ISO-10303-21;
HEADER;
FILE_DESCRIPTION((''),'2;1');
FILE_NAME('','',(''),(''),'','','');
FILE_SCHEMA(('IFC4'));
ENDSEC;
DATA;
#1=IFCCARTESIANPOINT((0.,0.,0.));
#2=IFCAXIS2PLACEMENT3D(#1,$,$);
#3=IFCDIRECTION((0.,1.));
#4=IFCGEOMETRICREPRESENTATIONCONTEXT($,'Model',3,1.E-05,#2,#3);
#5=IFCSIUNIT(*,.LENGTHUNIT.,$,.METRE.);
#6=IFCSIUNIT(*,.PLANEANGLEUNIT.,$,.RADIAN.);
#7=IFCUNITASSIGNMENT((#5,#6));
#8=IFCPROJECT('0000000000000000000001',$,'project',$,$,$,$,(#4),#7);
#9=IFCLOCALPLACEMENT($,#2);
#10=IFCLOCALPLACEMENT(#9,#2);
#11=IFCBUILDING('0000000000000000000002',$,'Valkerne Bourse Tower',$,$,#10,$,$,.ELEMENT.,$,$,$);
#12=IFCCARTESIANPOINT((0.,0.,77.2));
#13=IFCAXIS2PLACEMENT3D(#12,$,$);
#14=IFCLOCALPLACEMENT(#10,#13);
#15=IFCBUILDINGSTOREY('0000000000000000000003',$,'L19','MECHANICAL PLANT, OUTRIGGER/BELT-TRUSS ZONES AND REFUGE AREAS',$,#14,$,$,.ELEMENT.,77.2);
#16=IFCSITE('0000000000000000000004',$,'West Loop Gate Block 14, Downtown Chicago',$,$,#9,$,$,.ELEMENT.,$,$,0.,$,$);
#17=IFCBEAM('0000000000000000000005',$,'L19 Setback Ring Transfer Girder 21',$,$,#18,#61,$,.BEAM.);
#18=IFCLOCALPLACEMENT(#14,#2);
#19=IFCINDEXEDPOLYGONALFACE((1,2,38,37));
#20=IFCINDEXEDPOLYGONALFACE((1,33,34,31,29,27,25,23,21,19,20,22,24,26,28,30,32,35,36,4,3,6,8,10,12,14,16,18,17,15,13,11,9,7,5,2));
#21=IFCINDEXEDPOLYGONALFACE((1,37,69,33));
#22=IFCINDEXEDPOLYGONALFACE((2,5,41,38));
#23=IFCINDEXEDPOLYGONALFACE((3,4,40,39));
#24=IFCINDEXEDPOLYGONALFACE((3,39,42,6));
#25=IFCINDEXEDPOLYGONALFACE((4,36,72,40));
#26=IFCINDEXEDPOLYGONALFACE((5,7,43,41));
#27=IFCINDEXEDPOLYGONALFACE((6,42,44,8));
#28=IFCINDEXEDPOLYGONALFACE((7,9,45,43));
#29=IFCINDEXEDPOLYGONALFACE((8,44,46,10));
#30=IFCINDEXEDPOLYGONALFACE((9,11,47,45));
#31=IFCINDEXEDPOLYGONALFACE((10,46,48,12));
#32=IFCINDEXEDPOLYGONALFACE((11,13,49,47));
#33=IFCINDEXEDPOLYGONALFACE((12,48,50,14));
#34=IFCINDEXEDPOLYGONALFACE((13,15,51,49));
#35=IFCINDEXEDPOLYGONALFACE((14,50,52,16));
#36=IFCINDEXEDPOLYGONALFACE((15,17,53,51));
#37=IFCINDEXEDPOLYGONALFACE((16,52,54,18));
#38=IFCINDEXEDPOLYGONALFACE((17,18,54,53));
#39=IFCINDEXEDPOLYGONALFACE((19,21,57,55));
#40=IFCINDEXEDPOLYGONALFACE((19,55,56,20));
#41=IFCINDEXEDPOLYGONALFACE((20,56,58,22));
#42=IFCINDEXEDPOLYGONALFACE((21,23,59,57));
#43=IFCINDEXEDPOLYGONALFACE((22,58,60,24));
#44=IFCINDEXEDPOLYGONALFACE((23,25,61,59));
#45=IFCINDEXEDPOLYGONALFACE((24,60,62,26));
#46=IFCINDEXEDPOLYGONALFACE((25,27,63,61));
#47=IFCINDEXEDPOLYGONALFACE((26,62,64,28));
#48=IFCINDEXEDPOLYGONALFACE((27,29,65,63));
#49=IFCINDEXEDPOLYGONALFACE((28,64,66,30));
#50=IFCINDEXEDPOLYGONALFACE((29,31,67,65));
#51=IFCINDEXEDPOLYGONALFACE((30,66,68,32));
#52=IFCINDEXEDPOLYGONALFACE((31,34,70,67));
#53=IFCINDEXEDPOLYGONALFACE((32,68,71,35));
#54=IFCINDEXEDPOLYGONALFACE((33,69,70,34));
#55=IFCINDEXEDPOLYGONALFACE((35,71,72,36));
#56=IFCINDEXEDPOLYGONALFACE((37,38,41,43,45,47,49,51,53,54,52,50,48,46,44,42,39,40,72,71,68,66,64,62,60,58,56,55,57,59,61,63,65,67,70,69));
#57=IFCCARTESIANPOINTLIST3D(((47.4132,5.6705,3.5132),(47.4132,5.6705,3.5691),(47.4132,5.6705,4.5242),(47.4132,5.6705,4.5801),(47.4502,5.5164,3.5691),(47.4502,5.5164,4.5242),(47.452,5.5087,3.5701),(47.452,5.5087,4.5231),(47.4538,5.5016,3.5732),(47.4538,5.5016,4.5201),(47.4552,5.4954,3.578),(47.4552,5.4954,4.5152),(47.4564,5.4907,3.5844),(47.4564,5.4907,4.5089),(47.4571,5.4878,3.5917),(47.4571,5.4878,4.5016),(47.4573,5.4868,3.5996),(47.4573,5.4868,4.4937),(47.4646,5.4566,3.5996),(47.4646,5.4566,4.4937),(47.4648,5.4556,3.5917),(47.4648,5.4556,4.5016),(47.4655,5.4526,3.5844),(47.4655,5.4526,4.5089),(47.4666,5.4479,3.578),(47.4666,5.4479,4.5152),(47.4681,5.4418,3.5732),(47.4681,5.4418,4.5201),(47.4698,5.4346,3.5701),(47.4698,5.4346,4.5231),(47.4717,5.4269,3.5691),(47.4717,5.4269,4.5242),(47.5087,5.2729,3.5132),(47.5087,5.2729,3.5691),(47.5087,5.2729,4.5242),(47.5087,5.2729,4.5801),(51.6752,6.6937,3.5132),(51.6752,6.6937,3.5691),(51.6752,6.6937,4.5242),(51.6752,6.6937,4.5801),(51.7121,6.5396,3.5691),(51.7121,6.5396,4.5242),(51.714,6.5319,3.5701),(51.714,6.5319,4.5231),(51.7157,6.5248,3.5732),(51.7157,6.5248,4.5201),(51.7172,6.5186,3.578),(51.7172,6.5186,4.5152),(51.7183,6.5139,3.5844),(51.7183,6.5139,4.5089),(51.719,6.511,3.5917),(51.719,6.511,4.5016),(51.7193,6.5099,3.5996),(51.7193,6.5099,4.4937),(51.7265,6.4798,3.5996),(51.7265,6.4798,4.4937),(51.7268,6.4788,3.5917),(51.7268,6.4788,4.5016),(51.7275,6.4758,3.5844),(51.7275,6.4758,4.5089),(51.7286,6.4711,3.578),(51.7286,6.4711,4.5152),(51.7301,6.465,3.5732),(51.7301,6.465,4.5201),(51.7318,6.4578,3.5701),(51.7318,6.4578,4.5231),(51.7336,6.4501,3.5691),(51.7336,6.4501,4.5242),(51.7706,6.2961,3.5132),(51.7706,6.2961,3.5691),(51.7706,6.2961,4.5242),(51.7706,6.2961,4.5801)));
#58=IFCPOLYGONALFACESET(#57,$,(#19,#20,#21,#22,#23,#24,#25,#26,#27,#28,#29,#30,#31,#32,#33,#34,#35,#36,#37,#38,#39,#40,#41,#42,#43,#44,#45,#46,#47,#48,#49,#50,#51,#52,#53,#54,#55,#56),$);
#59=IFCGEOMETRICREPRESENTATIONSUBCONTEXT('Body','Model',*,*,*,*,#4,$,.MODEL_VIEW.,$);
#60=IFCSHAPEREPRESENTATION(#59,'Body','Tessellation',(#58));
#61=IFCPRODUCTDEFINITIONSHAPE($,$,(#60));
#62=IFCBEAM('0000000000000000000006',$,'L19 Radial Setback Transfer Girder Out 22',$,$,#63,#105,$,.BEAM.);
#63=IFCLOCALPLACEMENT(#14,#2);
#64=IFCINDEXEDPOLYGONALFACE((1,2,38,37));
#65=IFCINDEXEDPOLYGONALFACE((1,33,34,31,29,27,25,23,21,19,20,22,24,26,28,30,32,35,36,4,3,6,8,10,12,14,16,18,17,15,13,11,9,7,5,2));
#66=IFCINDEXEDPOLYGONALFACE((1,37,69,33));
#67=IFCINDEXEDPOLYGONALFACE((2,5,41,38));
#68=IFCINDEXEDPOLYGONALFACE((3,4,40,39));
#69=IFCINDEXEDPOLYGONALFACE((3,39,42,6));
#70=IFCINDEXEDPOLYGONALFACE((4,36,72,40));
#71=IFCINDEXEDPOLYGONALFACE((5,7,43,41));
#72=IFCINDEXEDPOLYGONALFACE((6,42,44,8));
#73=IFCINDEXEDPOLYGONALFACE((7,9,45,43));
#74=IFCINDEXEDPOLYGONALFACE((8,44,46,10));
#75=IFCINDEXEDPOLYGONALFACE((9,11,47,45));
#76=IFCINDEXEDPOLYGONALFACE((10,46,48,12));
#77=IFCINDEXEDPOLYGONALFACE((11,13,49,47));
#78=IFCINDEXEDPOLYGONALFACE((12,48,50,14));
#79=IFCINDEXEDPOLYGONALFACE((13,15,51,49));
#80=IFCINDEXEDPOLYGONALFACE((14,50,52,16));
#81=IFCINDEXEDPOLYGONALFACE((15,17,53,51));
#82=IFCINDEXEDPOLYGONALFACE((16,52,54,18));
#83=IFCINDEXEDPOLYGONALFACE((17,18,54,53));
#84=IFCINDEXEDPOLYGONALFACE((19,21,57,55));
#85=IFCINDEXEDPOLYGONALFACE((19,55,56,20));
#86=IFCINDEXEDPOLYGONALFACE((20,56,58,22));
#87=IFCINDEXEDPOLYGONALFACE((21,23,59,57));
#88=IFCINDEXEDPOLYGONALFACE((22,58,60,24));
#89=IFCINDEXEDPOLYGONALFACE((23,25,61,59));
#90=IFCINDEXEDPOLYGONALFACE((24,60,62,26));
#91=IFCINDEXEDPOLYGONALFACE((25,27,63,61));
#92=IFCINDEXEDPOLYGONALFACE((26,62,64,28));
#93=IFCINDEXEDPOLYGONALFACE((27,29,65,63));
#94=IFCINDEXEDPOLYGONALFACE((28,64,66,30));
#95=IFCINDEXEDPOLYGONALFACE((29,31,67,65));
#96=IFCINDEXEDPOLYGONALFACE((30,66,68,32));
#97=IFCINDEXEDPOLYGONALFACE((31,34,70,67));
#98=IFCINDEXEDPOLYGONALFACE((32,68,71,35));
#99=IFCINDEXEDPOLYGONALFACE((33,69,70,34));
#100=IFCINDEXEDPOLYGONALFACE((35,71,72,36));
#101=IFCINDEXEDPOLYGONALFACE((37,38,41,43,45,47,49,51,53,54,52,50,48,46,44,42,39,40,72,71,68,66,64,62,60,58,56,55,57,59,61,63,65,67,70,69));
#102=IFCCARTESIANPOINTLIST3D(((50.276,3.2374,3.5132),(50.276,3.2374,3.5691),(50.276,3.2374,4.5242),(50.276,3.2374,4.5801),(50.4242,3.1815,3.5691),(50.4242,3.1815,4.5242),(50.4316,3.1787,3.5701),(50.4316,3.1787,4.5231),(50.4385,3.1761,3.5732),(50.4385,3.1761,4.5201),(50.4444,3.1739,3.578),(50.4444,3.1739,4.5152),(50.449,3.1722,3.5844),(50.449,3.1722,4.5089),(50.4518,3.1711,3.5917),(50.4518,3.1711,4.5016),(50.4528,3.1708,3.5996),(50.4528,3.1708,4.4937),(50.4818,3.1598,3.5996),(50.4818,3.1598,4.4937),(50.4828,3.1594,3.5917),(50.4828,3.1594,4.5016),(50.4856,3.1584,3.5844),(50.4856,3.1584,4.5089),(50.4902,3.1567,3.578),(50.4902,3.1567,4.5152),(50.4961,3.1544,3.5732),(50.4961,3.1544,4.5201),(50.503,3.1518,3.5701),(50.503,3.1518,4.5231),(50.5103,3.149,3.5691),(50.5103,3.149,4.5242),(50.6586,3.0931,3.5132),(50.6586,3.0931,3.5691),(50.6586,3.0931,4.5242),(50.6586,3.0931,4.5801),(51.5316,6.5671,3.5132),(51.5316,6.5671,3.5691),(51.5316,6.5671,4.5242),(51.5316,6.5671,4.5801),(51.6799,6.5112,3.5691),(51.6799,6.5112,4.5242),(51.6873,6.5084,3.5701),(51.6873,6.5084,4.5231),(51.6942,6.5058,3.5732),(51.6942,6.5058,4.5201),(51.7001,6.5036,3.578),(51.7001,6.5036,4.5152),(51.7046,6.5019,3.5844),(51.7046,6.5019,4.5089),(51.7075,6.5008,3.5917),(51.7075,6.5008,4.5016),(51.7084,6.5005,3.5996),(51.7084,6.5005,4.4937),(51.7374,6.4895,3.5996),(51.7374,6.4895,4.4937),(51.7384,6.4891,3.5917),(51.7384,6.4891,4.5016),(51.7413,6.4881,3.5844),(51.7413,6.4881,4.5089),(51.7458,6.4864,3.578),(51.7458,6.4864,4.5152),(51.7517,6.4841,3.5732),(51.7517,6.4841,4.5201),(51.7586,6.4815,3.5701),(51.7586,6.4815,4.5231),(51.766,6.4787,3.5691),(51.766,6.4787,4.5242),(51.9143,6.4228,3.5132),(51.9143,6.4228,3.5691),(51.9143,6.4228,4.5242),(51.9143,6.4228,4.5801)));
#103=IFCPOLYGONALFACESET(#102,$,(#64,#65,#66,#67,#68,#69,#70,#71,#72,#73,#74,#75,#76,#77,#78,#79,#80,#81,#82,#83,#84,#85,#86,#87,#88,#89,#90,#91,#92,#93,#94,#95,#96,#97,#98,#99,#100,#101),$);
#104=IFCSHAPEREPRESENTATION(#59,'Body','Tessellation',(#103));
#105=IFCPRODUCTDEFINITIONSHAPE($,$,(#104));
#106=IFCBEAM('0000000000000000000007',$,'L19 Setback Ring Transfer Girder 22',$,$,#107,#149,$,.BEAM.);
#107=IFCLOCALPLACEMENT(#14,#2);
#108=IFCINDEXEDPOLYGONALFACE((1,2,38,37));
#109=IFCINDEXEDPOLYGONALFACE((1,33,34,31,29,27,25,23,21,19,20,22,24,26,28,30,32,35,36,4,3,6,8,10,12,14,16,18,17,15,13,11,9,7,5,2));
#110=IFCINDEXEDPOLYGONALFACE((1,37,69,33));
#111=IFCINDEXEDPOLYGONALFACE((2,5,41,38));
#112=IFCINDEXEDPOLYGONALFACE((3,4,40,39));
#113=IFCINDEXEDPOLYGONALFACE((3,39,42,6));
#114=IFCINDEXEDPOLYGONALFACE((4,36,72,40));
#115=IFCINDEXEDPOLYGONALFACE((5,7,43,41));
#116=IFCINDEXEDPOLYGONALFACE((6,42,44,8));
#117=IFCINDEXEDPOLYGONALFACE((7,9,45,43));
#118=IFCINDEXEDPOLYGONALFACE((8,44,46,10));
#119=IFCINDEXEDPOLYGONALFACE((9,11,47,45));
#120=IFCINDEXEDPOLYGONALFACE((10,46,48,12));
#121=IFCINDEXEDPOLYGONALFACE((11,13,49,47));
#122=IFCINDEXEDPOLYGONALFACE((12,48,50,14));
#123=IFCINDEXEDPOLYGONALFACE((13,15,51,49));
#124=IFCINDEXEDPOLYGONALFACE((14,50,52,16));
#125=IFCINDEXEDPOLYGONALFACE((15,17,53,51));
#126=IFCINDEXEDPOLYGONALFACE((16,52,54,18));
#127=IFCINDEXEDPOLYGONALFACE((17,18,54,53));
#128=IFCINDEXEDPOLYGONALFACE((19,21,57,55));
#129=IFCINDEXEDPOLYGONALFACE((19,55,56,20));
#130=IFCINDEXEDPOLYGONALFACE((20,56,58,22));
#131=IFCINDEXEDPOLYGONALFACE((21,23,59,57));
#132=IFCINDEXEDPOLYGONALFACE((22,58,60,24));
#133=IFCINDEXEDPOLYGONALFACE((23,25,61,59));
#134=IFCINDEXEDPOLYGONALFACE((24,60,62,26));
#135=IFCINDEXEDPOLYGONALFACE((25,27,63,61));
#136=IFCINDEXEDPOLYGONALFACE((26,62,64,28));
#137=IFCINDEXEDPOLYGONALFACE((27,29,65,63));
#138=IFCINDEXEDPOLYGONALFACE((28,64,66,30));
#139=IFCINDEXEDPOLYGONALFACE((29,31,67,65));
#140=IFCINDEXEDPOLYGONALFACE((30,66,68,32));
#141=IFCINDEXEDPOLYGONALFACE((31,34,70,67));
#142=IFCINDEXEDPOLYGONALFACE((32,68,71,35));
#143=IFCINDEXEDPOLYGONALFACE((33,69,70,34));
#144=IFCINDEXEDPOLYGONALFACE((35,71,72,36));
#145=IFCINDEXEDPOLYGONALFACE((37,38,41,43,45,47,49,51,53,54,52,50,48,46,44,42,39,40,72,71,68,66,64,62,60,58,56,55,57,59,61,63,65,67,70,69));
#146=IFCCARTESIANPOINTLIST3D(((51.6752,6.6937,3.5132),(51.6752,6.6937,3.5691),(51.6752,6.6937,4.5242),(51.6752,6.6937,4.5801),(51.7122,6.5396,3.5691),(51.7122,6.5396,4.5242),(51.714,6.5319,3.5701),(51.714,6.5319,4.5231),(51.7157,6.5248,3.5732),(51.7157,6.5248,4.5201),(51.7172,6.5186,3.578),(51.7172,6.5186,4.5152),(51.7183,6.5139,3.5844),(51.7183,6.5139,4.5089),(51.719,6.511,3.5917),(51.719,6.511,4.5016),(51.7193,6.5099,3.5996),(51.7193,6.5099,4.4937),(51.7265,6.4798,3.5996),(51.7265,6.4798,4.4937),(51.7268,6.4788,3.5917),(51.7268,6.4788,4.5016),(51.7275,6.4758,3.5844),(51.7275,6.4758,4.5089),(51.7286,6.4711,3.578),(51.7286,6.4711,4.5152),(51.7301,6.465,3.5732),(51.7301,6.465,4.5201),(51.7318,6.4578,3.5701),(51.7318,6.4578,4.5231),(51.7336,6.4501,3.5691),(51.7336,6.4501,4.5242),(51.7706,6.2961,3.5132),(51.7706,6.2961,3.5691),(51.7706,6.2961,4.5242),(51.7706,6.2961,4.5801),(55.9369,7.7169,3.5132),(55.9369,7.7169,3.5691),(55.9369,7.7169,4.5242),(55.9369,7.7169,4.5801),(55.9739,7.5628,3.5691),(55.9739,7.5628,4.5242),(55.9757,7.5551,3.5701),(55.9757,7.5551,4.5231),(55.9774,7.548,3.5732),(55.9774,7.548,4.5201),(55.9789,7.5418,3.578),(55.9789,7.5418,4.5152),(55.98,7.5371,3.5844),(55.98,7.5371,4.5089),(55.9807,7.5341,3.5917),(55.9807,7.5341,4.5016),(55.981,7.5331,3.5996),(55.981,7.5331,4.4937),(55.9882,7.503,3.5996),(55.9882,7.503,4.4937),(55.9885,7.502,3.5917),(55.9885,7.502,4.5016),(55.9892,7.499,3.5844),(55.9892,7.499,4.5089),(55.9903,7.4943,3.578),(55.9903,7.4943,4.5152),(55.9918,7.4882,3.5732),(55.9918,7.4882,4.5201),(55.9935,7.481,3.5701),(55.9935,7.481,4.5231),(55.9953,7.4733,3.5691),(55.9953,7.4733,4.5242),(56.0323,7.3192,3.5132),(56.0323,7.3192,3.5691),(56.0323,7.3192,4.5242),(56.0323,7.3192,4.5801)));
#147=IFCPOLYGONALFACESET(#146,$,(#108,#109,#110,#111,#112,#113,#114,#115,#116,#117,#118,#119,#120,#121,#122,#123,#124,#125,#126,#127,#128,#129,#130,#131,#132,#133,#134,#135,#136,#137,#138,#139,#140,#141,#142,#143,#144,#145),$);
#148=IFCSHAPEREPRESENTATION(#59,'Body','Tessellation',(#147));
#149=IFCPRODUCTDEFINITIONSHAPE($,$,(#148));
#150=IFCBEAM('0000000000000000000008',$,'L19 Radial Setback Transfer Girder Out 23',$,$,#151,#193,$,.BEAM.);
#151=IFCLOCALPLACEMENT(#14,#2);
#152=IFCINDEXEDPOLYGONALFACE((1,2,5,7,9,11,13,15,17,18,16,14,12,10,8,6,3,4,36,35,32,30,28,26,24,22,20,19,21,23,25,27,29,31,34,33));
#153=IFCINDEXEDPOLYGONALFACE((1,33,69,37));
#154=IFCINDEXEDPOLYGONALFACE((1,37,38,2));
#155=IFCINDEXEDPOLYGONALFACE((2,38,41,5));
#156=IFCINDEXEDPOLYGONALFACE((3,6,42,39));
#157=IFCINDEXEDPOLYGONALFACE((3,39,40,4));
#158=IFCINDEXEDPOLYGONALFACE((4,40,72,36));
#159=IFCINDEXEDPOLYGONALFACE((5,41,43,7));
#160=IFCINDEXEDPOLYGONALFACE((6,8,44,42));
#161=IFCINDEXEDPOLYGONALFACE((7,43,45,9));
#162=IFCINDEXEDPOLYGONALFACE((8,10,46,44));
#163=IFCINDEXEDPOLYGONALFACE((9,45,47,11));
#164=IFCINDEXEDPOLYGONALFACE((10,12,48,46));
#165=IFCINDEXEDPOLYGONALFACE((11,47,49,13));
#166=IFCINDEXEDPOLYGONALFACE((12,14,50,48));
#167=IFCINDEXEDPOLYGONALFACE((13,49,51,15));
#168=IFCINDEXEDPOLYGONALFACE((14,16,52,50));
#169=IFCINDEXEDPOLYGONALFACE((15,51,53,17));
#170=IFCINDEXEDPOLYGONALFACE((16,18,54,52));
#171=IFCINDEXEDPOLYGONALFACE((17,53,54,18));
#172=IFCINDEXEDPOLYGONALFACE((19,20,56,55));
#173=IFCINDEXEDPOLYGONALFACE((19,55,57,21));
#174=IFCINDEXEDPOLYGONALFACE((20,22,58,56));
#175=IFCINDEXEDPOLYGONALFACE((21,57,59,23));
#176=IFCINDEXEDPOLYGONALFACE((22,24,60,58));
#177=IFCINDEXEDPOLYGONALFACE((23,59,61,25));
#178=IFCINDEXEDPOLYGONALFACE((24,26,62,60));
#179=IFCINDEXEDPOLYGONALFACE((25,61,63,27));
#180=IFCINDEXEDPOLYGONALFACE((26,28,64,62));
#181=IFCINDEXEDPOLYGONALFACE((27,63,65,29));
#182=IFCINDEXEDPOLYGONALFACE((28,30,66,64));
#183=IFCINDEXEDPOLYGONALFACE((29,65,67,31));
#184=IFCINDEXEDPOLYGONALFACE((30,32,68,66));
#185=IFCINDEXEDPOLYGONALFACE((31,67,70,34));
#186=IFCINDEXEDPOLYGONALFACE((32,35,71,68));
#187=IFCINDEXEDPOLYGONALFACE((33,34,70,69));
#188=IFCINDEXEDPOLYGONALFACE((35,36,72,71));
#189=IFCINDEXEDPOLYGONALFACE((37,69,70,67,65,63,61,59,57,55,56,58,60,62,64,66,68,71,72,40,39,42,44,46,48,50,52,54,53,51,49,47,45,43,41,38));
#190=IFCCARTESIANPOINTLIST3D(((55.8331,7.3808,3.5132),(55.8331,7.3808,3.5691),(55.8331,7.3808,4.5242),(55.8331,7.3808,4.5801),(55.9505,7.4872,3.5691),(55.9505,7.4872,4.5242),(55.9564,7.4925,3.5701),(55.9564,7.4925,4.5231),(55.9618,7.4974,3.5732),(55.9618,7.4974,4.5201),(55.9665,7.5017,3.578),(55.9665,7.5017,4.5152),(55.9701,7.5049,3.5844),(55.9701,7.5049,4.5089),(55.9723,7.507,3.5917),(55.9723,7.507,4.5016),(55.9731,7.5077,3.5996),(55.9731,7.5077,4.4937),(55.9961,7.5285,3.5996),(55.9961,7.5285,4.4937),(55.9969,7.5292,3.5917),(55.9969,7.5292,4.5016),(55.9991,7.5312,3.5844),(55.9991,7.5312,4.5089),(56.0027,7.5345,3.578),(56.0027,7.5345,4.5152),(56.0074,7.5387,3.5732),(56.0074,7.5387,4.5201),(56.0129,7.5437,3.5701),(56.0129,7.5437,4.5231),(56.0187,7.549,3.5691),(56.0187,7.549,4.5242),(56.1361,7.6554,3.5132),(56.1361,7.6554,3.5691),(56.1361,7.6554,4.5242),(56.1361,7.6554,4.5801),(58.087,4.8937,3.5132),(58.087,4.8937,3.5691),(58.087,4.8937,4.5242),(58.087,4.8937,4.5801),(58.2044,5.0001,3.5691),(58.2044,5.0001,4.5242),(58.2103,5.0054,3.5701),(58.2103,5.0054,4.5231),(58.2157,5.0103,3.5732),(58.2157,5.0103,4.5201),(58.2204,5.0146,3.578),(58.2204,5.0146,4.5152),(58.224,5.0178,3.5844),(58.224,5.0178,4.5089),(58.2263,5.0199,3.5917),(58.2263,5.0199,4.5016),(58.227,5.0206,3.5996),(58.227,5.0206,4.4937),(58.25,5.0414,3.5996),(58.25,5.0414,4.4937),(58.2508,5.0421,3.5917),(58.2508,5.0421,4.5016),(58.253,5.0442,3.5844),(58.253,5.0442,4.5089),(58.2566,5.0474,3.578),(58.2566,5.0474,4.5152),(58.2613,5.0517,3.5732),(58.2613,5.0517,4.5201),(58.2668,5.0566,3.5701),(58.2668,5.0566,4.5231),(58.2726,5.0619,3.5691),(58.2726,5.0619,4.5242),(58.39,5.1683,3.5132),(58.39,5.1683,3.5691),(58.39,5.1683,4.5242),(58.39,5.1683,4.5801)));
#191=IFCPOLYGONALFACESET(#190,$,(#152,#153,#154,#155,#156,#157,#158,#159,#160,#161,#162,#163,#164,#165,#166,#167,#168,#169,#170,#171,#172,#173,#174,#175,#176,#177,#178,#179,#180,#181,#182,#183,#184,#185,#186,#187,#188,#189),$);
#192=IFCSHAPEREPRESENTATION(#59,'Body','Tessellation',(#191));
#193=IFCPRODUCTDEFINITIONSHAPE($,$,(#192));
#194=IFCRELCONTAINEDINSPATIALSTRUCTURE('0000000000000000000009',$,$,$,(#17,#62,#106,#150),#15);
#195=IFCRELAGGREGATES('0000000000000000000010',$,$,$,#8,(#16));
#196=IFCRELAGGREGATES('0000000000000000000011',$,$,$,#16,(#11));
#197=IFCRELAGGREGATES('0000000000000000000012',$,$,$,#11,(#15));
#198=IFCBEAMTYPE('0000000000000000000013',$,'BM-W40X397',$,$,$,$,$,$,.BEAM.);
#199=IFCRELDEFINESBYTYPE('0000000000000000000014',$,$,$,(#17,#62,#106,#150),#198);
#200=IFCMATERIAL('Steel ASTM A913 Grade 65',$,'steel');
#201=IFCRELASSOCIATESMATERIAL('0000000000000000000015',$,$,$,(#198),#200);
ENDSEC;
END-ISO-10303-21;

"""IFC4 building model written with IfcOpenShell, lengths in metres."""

from ifc_helpers import new_model, si_unit, direction, frame, origin, origin_2d, place, context, subcontext, project, spatial, i_section, extrude, material, material_profile, profile_set, type_object, element, save


model = new_model("IFC4")

# Units and contexts
model_context = context("Model", 3, precision=1e-05, world=origin(), true_north=direction((0.0, 1.0)))
body_context = subcontext(model_context, "Body", "Model", "MODEL_VIEW")
ifc_project = project(units=[si_unit("LENGTHUNIT", "METRE"), si_unit("PLANEANGLEUNIT", "RADIAN")], contexts=[model_context])

# Site, building, storey
site_placement = place(None, origin())
site = spatial("IfcSite", under=ifc_project, at=site_placement, Name="West Loop Gate Block 14, Downtown Chicago", CompositionType="ELEMENT", RefElevation=0.0)
building_placement = place(site_placement, origin())
building = spatial("IfcBuilding", under=site, at=building_placement, Name="Valkerne Bourse Tower", CompositionType="ELEMENT")
storey_placement = place(building_placement, frame((0.0, 0.0, 77.2)))
storey = spatial("IfcBuildingStorey", under=building, at=storey_placement, Name="L19", Description="MECHANICAL PLANT, OUTRIGGER/BELT-TRUSS ZONES AND REFUGE AREAS", CompositionType="ELEMENT", Elevation=77.2)

# Shared definitions
ifc_material_1 = material(Name="Steel ASTM A913 Grade 65", Category="steel")

# Beams
ifc_material_profile_1 = material_profile(ifc_material_1, i_section(OverallWidth=0.4089, OverallDepth=1.0669, WebThickness=0.031, FlangeThickness=0.0559, FilletRadius=0.0305, at=origin_2d()), Name="W40X397")
ifc_profile_set_1 = profile_set([ifc_material_profile_1], Name="Steel ASTM A913 Grade 65")
beam_type_1 = type_object("IfcBeamType", Name="BM-W40X397", PredefinedType="BEAM", material=ifc_profile_set_1)
beam_1_placement = place(storey_placement, frame((47.4609, 5.4717, 4.0466), z_axis=(0.972371, 0.233442, 0.0), x_axis=(-0.233442, 0.972371, 0.0)))
element("IfcBeam", 1, at=beam_1_placement, inside=storey, type_object=beam_type_1, Name="L19 Setback Ring Transfer Girder 21", PredefinedType="BEAM", context=body_context, shape_type="SweptSolid", body=[
    extrude(i_section(OverallWidth=0.4089, OverallDepth=1.0669, WebThickness=0.031, FlangeThickness=0.0559, FilletRadius=0.0305, at=origin_2d()), origin(), (0.0, 0.0, 1.0), 4.3831),
])
beam_2_placement = place(storey_placement, frame((50.4673, 3.1653, 4.0466), z_axis=(0.352852, 0.935679, 0.0), x_axis=(-0.935679, 0.352852, 0.0)))
element("IfcBeam", 2, at=beam_2_placement, inside=storey, type_object=beam_type_1, Name="L19 Radial Setback Transfer Girder Out 22", PredefinedType="BEAM", context=body_context, shape_type="SweptSolid", body=[
    extrude(i_section(OverallWidth=0.4089, OverallDepth=1.0669, WebThickness=0.031, FlangeThickness=0.0559, FilletRadius=0.0305, at=origin_2d()), origin(), (0.0, 0.0, 1.0), 3.5586),
])
beam_3_placement = place(storey_placement, frame((51.7229, 6.4949, 4.0466), z_axis=(0.972368, 0.233455, 0.0), x_axis=(-0.233455, 0.972368, 0.0)))
element("IfcBeam", 3, at=beam_3_placement, inside=storey, type_object=beam_type_1, Name="L19 Setback Ring Transfer Girder 22", PredefinedType="BEAM", context=body_context, shape_type="SweptSolid", body=[
    extrude(i_section(OverallWidth=0.4089, OverallDepth=1.0669, WebThickness=0.031, FlangeThickness=0.0559, FilletRadius=0.0305, at=origin_2d()), origin(), (0.0, 0.0, 1.0), 4.3828),
])
beam_4_placement = place(storey_placement, frame((58.2385, 5.031, 4.0466), z_axis=(-0.671521, 0.740986, 0.0), x_axis=(-0.740986, -0.671521, 0.0)))
element("IfcBeam", 4, at=beam_4_placement, inside=storey, type_object=beam_type_1, Name="L19 Radial Setback Transfer Girder Out 23", PredefinedType="BEAM", context=body_context, shape_type="SweptSolid", body=[
    extrude(i_section(OverallWidth=0.4089, OverallDepth=1.0669, WebThickness=0.031, FlangeThickness=0.0559, FilletRadius=0.0305, at=origin_2d()), origin(), (0.0, 0.0, 1.0), 3.3564),
])

save(model, "model.ifc")
